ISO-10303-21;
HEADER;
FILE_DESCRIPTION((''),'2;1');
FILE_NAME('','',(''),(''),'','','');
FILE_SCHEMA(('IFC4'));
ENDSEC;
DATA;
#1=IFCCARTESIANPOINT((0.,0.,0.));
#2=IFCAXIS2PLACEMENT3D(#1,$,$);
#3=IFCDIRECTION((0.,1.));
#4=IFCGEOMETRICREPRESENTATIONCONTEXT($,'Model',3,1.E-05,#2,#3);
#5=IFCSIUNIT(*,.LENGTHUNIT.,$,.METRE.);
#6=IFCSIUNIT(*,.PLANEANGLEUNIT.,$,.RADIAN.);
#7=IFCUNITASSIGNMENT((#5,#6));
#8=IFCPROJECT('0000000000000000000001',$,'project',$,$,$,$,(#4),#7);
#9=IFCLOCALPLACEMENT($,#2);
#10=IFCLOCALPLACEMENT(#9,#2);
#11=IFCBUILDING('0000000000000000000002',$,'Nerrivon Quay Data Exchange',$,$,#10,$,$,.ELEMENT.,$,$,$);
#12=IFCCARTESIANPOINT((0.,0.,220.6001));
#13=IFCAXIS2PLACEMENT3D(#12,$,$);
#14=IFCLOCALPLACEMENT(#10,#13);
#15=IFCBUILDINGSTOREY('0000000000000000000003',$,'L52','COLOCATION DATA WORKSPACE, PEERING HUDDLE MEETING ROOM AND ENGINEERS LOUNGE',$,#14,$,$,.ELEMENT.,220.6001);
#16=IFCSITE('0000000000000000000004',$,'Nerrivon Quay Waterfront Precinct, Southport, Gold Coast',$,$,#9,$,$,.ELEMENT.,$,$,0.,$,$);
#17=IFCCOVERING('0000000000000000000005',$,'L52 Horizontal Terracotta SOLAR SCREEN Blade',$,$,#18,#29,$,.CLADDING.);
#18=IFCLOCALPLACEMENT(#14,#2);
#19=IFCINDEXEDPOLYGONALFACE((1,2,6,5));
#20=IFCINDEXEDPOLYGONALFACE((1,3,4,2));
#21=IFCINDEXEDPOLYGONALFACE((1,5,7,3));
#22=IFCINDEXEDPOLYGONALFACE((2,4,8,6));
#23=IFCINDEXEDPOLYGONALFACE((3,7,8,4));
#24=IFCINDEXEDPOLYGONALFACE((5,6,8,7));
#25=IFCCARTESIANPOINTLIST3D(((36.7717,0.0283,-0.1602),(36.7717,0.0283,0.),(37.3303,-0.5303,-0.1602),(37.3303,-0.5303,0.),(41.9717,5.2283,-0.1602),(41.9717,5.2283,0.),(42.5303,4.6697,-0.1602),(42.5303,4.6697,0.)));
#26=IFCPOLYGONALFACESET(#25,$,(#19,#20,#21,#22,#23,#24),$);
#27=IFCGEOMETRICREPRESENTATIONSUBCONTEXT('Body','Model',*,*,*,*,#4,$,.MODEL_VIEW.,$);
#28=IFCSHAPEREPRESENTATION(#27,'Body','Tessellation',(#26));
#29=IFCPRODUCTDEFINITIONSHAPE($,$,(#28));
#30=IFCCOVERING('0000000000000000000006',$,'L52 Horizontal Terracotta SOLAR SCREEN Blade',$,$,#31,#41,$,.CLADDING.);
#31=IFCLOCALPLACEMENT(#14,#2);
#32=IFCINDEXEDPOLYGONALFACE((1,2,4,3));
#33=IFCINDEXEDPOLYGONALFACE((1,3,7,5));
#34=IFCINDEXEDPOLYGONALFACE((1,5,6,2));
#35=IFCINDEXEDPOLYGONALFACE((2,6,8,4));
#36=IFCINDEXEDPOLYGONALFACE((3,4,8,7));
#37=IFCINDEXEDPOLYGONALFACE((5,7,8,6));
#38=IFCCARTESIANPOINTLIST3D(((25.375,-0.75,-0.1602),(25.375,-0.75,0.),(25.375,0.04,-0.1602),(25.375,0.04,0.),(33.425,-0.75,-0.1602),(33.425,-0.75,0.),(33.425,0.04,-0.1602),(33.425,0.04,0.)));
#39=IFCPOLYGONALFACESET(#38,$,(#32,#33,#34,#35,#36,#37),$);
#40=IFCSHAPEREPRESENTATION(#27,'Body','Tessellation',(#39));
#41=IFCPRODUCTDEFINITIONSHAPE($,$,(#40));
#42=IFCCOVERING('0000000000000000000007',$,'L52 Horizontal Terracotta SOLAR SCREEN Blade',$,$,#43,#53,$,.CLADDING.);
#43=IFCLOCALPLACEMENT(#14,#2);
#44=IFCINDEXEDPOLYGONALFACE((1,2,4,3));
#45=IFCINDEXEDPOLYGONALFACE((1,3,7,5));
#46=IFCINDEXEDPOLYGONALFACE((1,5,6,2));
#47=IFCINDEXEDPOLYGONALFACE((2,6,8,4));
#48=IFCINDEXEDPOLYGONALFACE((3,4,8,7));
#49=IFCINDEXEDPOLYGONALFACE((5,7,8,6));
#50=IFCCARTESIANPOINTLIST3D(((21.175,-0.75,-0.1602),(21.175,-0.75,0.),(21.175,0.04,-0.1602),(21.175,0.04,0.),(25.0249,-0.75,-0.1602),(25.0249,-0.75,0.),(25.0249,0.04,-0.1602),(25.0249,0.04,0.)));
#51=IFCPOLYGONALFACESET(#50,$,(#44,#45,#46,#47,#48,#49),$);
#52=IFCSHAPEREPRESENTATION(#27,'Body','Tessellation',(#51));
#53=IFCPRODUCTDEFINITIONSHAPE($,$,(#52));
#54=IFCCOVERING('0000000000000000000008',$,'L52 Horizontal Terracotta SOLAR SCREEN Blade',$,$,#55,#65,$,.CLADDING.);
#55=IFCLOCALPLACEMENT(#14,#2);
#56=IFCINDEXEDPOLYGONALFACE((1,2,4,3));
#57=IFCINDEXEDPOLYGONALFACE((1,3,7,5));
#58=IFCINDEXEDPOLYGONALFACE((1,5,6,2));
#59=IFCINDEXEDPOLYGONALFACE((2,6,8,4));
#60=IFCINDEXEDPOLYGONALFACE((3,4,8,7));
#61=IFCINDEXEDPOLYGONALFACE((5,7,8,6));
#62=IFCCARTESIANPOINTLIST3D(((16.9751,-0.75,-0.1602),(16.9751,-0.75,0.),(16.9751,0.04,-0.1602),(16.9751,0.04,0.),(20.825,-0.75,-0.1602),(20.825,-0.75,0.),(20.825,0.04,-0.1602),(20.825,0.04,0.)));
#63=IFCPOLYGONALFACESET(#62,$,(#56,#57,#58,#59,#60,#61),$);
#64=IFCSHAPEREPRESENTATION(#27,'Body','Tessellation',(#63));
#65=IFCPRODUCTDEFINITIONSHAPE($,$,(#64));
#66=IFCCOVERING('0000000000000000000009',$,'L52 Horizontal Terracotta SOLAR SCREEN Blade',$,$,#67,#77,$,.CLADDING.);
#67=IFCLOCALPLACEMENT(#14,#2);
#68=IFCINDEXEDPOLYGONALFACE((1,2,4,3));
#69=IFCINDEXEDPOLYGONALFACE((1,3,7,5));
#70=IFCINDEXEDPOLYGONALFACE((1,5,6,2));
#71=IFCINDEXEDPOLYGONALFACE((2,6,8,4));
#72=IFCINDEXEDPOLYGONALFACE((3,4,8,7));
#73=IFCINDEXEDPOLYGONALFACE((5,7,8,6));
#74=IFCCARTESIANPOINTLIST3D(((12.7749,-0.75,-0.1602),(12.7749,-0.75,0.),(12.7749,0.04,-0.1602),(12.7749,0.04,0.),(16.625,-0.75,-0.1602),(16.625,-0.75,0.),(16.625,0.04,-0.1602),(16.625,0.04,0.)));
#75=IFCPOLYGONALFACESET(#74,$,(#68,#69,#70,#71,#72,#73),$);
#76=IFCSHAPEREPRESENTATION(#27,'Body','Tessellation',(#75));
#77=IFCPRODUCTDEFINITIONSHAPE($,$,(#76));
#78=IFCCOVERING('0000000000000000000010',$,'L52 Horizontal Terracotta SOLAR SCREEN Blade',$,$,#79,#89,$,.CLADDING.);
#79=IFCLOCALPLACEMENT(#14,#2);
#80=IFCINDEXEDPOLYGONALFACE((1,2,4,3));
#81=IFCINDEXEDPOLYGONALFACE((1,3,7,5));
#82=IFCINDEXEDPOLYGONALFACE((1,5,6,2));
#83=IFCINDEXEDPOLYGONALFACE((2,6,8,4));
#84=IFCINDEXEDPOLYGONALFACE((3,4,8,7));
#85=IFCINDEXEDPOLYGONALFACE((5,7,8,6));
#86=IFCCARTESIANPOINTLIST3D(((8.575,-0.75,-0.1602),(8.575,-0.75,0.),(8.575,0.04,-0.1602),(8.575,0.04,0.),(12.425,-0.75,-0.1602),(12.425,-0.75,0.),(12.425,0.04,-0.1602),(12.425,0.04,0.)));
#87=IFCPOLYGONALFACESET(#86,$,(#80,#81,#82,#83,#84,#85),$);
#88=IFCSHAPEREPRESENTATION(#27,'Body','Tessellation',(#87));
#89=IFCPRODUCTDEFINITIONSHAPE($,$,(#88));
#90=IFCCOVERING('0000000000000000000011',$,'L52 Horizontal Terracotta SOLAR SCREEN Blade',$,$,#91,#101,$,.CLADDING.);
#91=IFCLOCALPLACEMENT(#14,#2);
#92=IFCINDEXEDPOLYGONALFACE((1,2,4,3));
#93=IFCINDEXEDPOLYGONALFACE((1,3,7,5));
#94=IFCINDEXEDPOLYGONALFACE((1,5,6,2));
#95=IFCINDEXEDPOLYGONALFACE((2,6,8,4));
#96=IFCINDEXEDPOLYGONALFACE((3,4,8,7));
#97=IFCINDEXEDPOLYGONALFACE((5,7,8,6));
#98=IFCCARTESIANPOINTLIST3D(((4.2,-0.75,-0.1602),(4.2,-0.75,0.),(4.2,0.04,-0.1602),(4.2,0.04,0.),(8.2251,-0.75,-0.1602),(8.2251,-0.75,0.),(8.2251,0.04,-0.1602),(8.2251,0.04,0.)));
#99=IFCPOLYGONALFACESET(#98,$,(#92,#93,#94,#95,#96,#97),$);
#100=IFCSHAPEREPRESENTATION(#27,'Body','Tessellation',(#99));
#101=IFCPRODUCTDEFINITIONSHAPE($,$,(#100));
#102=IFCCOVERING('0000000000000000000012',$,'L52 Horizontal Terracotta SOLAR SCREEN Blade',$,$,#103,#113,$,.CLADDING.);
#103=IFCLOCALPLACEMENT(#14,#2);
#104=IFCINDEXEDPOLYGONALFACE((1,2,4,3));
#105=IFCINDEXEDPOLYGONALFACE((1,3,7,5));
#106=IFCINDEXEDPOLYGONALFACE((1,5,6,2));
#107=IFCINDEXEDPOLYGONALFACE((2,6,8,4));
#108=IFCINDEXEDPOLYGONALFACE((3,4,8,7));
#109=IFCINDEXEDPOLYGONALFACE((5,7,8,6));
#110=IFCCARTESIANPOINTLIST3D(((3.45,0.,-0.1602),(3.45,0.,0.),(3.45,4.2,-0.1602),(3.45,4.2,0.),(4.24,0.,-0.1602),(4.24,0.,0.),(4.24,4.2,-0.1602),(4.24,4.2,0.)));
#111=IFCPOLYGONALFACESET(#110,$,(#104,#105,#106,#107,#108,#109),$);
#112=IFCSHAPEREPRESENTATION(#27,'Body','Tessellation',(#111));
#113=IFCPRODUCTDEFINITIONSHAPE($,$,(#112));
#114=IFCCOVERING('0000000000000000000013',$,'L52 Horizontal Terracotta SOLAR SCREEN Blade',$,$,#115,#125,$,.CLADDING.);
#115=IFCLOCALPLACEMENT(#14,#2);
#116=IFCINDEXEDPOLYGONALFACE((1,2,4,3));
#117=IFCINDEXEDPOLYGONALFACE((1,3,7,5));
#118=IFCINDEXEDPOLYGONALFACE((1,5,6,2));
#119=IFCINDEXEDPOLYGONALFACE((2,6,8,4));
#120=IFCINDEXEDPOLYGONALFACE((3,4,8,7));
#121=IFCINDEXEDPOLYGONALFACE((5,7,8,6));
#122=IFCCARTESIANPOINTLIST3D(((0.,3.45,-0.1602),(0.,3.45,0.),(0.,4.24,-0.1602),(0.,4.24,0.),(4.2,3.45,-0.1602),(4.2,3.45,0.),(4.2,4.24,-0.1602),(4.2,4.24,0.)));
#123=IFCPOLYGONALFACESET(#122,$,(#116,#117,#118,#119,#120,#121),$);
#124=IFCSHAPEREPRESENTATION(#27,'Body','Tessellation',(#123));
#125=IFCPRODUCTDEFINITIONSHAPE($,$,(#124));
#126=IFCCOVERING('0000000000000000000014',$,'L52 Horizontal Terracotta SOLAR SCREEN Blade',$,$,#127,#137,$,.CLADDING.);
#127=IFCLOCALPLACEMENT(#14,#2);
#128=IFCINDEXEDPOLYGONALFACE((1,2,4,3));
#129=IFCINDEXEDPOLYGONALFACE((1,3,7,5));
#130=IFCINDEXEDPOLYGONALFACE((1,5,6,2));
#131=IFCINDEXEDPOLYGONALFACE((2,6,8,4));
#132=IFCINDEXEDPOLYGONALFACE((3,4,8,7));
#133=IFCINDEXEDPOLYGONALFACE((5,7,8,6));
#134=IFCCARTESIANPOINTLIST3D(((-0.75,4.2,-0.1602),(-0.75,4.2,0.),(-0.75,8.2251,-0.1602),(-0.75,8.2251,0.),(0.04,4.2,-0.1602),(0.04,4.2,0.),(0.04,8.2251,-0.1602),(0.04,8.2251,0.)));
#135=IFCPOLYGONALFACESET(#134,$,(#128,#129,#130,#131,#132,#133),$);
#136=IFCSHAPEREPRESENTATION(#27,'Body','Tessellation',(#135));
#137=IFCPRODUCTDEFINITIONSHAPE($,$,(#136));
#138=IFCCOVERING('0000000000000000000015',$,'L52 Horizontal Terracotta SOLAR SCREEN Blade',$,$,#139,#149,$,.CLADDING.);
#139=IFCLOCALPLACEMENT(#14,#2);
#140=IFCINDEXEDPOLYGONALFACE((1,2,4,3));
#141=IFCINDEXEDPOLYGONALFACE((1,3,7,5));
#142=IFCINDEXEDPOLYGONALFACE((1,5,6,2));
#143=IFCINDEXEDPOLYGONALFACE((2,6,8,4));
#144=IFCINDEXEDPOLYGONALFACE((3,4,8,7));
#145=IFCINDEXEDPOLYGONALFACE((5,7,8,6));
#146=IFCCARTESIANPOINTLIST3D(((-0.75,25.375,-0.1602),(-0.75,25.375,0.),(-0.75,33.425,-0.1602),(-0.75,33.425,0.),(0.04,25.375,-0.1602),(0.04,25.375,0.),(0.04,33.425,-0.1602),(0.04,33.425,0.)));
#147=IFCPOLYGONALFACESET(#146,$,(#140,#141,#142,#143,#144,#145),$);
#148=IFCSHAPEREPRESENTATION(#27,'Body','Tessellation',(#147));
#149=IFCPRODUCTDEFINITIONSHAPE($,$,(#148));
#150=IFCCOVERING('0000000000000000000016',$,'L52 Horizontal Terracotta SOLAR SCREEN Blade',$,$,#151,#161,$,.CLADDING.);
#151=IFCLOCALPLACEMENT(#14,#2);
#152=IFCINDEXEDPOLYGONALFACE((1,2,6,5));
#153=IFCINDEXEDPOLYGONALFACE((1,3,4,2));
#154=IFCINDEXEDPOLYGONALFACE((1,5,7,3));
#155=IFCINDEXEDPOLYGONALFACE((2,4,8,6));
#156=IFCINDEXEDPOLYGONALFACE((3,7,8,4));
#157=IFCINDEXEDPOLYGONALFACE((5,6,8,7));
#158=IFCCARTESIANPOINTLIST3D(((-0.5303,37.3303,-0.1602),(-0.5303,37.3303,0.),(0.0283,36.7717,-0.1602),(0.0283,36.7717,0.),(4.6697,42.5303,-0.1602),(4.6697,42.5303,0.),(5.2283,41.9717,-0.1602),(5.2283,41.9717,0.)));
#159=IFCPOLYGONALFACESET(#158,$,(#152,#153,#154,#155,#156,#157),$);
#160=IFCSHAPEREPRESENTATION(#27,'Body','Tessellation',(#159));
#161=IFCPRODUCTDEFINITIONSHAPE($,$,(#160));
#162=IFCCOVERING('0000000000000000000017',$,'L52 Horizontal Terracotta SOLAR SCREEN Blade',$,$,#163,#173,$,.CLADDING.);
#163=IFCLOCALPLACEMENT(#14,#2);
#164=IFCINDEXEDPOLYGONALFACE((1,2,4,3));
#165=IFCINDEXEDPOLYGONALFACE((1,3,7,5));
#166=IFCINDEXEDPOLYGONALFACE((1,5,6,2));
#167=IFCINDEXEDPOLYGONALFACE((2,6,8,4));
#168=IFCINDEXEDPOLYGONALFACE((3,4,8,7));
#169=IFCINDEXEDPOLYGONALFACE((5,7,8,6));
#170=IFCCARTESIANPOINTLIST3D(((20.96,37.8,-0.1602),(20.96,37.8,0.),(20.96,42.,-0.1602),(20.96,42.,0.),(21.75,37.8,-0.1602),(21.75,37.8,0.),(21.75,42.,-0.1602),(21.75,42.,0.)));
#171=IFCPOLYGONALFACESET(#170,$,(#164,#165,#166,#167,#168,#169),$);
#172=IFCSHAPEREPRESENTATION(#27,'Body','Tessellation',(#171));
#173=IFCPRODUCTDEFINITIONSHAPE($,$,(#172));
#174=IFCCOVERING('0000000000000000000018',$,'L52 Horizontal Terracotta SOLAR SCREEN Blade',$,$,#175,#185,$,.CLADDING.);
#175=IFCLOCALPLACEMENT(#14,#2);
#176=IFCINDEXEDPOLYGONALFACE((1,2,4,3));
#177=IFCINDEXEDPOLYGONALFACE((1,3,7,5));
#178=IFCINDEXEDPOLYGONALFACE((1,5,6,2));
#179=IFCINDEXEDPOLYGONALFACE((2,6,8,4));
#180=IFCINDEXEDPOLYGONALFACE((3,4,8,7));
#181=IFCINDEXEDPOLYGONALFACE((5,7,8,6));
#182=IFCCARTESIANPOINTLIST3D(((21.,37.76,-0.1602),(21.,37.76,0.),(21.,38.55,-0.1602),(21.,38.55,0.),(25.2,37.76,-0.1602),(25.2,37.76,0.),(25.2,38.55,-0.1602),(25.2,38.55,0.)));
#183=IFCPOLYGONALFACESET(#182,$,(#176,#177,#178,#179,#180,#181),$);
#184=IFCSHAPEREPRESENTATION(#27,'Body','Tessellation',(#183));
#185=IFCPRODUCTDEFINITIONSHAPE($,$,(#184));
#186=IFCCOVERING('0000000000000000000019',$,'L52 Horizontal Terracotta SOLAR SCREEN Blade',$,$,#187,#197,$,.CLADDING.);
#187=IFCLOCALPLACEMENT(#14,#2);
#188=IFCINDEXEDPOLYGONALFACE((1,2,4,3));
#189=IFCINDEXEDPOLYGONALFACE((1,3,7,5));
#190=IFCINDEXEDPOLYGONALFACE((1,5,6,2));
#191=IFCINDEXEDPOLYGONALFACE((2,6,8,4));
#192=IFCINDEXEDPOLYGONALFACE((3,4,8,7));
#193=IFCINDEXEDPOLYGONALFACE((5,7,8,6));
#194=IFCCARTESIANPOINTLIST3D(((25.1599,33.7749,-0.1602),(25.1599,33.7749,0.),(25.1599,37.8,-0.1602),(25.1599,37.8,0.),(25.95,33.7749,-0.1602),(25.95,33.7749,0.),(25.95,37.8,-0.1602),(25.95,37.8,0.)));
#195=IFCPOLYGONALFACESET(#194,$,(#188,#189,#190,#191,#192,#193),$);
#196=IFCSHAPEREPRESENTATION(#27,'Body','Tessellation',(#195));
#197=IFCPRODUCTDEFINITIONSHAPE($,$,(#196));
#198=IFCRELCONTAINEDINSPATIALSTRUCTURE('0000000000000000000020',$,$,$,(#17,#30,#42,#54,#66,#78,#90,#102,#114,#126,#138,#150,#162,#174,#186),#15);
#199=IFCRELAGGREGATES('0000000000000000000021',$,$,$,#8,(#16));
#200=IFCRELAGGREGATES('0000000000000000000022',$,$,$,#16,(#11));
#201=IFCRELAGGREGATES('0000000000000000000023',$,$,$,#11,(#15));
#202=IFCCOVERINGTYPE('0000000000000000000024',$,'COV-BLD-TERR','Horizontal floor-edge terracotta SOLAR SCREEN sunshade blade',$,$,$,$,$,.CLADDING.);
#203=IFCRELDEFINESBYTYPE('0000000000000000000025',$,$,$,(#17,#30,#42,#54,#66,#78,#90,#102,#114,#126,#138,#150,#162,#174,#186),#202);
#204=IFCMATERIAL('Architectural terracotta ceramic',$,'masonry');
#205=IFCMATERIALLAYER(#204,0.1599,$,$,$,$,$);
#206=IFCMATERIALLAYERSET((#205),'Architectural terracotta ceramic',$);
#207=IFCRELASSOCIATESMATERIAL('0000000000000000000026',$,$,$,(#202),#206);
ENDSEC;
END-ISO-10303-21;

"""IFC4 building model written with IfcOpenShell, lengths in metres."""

from ifc_helpers import new_model, si_unit, direction, frame, origin, place, context, subcontext, project, spatial, polyline, outline, extrude, material, layer, layer_set, type_object, element, save


model = new_model("IFC4")

# Units and contexts
model_context = context("Model", 3, precision=1e-05, world=origin(), true_north=direction((0.0, 1.0)))
body_context = subcontext(model_context, "Body", "Model", "MODEL_VIEW")
ifc_project = project(units=[si_unit("LENGTHUNIT", "METRE"), si_unit("PLANEANGLEUNIT", "RADIAN")], contexts=[model_context])

# Site, building, storey
site_placement = place(None, origin())
site = spatial("IfcSite", under=ifc_project, at=site_placement, Name="Nerrivon Quay Waterfront Precinct, Southport, Gold Coast", CompositionType="ELEMENT", RefElevation=0.0)
building_placement = place(site_placement, origin())
building = spatial("IfcBuilding", under=site, at=building_placement, Name="Nerrivon Quay Data Exchange", CompositionType="ELEMENT")
storey_placement = place(building_placement, frame((0.0, 0.0, 220.6001)))
storey = spatial("IfcBuildingStorey", under=building, at=storey_placement, Name="L52", Description="COLOCATION DATA WORKSPACE, PEERING HUDDLE MEETING ROOM AND ENGINEERS LOUNGE", CompositionType="ELEMENT", Elevation=220.6001)

# Coverings
ifc_material_1 = material(Name="Architectural terracotta ceramic", Category="masonry")
ifc_layer_1 = layer(ifc_material_1, 0.1599)
ifc_layer_set_1 = layer_set([ifc_layer_1], Name="Architectural terracotta ceramic")
covering_type = type_object("IfcCoveringType", Name="COV-BLD-TERR", Description="Horizontal floor-edge terracotta SOLAR SCREEN sunshade blade", PredefinedType="CLADDING", material=ifc_layer_set_1)
covering_1_placement = place(storey_placement, frame((0.0, 0.0, -0.1602)))
element("IfcCovering", 1, at=covering_1_placement, inside=storey, type_object=covering_type, Name="L52 Horizontal Terracotta SOLAR SCREEN Blade", PredefinedType="CLADDING", context=body_context, shape_type="SweptSolid", body=[
    extrude(outline(polyline([(41.9717, 5.2283), (36.7717, 0.0283), (37.3303, -0.5303), (42.5303, 4.6697), (41.9717, 5.2283)])), origin(), (0.0, 0.0, 1.0), 0.1602),
])
covering_2_placement = place(storey_placement, frame((0.0, 0.0, -0.1602)))
element("IfcCovering", 2, at=covering_2_placement, inside=storey, type_object=covering_type, Name="L52 Horizontal Terracotta SOLAR SCREEN Blade", PredefinedType="CLADDING", context=body_context, shape_type="SweptSolid", body=[
    extrude(outline(polyline([(33.425, 0.04), (25.375, 0.04), (25.375, -0.75), (33.425, -0.75), (33.425, 0.04)])), origin(), (0.0, 0.0, 1.0), 0.1602),
])
covering_3_placement = place(storey_placement, frame((0.0, 0.0, -0.1602)))
element("IfcCovering", 3, at=covering_3_placement, inside=storey, type_object=covering_type, Name="L52 Horizontal Terracotta SOLAR SCREEN Blade", PredefinedType="CLADDING", context=body_context, shape_type="SweptSolid", body=[
    extrude(outline(polyline([(25.0249, 0.04), (21.175, 0.04), (21.175, -0.75), (25.0249, -0.75), (25.0249, 0.04)])), origin(), (0.0, 0.0, 1.0), 0.1602),
])
covering_4_placement = place(storey_placement, frame((0.0, 0.0, -0.1602)))
element("IfcCovering", 4, at=covering_4_placement, inside=storey, type_object=covering_type, Name="L52 Horizontal Terracotta SOLAR SCREEN Blade", PredefinedType="CLADDING", context=body_context, shape_type="SweptSolid", body=[
    extrude(outline(polyline([(20.825, 0.04), (16.9751, 0.04), (16.9751, -0.75), (20.825, -0.75), (20.825, 0.04)])), origin(), (0.0, 0.0, 1.0), 0.1602),
])
covering_5_placement = place(storey_placement, frame((0.0, 0.0, -0.1602)))
element("IfcCovering", 5, at=covering_5_placement, inside=storey, type_object=covering_type, Name="L52 Horizontal Terracotta SOLAR SCREEN Blade", PredefinedType="CLADDING", context=body_context, shape_type="SweptSolid", body=[
    extrude(outline(polyline([(16.625, 0.04), (12.7749, 0.04), (12.7749, -0.75), (16.625, -0.75), (16.625, 0.04)])), origin(), (0.0, 0.0, 1.0), 0.1602),
])
covering_6_placement = place(storey_placement, frame((0.0, 0.0, -0.1602)))
element("IfcCovering", 6, at=covering_6_placement, inside=storey, type_object=covering_type, Name="L52 Horizontal Terracotta SOLAR SCREEN Blade", PredefinedType="CLADDING", context=body_context, shape_type="SweptSolid", body=[
    extrude(outline(polyline([(12.425, 0.04), (8.575, 0.04), (8.575, -0.75), (12.425, -0.75), (12.425, 0.04)])), origin(), (0.0, 0.0, 1.0), 0.1602),
])
covering_7_placement = place(storey_placement, frame((0.0, 0.0, -0.1602)))
element("IfcCovering", 7, at=covering_7_placement, inside=storey, type_object=covering_type, Name="L52 Horizontal Terracotta SOLAR SCREEN Blade", PredefinedType="CLADDING", context=body_context, shape_type="SweptSolid", body=[
    extrude(outline(polyline([(8.2251, 0.04), (4.2, 0.04), (4.2, -0.75), (8.2251, -0.75), (8.2251, 0.04)])), origin(), (0.0, 0.0, 1.0), 0.1602),
])
covering_8_placement = place(storey_placement, frame((0.0, 0.0, -0.1602)))
element("IfcCovering", 8, at=covering_8_placement, inside=storey, type_object=covering_type, Name="L52 Horizontal Terracotta SOLAR SCREEN Blade", PredefinedType="CLADDING", context=body_context, shape_type="SweptSolid", body=[
    extrude(outline(polyline([(4.24, 0.0), (4.24, 4.2), (3.45, 4.2), (3.45, 0.0), (4.24, 0.0)])), origin(), (0.0, 0.0, 1.0), 0.1602),
])
covering_9_placement = place(storey_placement, frame((0.0, 0.0, -0.1602)))
element("IfcCovering", 9, at=covering_9_placement, inside=storey, type_object=covering_type, Name="L52 Horizontal Terracotta SOLAR SCREEN Blade", PredefinedType="CLADDING", context=body_context, shape_type="SweptSolid", body=[
    extrude(outline(polyline([(4.2, 4.24), (0.0, 4.24), (0.0, 3.45), (4.2, 3.45), (4.2, 4.24)])), origin(), (0.0, 0.0, 1.0), 0.1602),
])
covering_10_placement = place(storey_placement, frame((0.0, 0.0, -0.1602)))
element("IfcCovering", 10, at=covering_10_placement, inside=storey, type_object=covering_type, Name="L52 Horizontal Terracotta SOLAR SCREEN Blade", PredefinedType="CLADDING", context=body_context, shape_type="SweptSolid", body=[
    extrude(outline(polyline([(0.04, 4.2), (0.04, 8.2251), (-0.75, 8.2251), (-0.75, 4.2), (0.04, 4.2)])), origin(), (0.0, 0.0, 1.0), 0.1602),
])
covering_11_placement = place(storey_placement, frame((0.0, 0.0, -0.1602)))
element("IfcCovering", 11, at=covering_11_placement, inside=storey, type_object=covering_type, Name="L52 Horizontal Terracotta SOLAR SCREEN Blade", PredefinedType="CLADDING", context=body_context, shape_type="SweptSolid", body=[
    extrude(outline(polyline([(0.04, 25.375), (0.04, 33.425), (-0.75, 33.425), (-0.75, 25.375), (0.04, 25.375)])), origin(), (0.0, 0.0, 1.0), 0.1602),
])
covering_12_placement = place(storey_placement, frame((0.0, 0.0, -0.1602)))
element("IfcCovering", 12, at=covering_12_placement, inside=storey, type_object=covering_type, Name="L52 Horizontal Terracotta SOLAR SCREEN Blade", PredefinedType="CLADDING", context=body_context, shape_type="SweptSolid", body=[
    extrude(outline(polyline([(0.0283, 36.7717), (5.2283, 41.9717), (4.6697, 42.5303), (-0.5303, 37.3303), (0.0283, 36.7717)])), origin(), (0.0, 0.0, 1.0), 0.1602),
])
covering_13_placement = place(storey_placement, frame((0.0, 0.0, -0.1602)))
element("IfcCovering", 13, at=covering_13_placement, inside=storey, type_object=covering_type, Name="L52 Horizontal Terracotta SOLAR SCREEN Blade", PredefinedType="CLADDING", context=body_context, shape_type="SweptSolid", body=[
    extrude(outline(polyline([(20.96, 42.0), (20.96, 37.8), (21.75, 37.8), (21.75, 42.0), (20.96, 42.0)])), origin(), (0.0, 0.0, 1.0), 0.1602),
])
covering_14_placement = place(storey_placement, frame((0.0, 0.0, -0.1602)))
element("IfcCovering", 14, at=covering_14_placement, inside=storey, type_object=covering_type, Name="L52 Horizontal Terracotta SOLAR SCREEN Blade", PredefinedType="CLADDING", context=body_context, shape_type="SweptSolid", body=[
    extrude(outline(polyline([(21.0, 37.76), (25.2, 37.76), (25.2, 38.55), (21.0, 38.55), (21.0, 37.76)])), origin(), (0.0, 0.0, 1.0), 0.1602),
])
covering_15_placement = place(storey_placement, frame((0.0, 0.0, -0.1602)))
element("IfcCovering", 15, at=covering_15_placement, inside=storey, type_object=covering_type, Name="L52 Horizontal Terracotta SOLAR SCREEN Blade", PredefinedType="CLADDING", context=body_context, shape_type="SweptSolid", body=[
    extrude(outline(polyline([(25.1599, 37.8), (25.1599, 33.7749), (25.95, 33.7749), (25.95, 37.8), (25.1599, 37.8)])), origin(), (0.0, 0.0, 1.0), 0.1602),
])

save(model, "model.ifc")
